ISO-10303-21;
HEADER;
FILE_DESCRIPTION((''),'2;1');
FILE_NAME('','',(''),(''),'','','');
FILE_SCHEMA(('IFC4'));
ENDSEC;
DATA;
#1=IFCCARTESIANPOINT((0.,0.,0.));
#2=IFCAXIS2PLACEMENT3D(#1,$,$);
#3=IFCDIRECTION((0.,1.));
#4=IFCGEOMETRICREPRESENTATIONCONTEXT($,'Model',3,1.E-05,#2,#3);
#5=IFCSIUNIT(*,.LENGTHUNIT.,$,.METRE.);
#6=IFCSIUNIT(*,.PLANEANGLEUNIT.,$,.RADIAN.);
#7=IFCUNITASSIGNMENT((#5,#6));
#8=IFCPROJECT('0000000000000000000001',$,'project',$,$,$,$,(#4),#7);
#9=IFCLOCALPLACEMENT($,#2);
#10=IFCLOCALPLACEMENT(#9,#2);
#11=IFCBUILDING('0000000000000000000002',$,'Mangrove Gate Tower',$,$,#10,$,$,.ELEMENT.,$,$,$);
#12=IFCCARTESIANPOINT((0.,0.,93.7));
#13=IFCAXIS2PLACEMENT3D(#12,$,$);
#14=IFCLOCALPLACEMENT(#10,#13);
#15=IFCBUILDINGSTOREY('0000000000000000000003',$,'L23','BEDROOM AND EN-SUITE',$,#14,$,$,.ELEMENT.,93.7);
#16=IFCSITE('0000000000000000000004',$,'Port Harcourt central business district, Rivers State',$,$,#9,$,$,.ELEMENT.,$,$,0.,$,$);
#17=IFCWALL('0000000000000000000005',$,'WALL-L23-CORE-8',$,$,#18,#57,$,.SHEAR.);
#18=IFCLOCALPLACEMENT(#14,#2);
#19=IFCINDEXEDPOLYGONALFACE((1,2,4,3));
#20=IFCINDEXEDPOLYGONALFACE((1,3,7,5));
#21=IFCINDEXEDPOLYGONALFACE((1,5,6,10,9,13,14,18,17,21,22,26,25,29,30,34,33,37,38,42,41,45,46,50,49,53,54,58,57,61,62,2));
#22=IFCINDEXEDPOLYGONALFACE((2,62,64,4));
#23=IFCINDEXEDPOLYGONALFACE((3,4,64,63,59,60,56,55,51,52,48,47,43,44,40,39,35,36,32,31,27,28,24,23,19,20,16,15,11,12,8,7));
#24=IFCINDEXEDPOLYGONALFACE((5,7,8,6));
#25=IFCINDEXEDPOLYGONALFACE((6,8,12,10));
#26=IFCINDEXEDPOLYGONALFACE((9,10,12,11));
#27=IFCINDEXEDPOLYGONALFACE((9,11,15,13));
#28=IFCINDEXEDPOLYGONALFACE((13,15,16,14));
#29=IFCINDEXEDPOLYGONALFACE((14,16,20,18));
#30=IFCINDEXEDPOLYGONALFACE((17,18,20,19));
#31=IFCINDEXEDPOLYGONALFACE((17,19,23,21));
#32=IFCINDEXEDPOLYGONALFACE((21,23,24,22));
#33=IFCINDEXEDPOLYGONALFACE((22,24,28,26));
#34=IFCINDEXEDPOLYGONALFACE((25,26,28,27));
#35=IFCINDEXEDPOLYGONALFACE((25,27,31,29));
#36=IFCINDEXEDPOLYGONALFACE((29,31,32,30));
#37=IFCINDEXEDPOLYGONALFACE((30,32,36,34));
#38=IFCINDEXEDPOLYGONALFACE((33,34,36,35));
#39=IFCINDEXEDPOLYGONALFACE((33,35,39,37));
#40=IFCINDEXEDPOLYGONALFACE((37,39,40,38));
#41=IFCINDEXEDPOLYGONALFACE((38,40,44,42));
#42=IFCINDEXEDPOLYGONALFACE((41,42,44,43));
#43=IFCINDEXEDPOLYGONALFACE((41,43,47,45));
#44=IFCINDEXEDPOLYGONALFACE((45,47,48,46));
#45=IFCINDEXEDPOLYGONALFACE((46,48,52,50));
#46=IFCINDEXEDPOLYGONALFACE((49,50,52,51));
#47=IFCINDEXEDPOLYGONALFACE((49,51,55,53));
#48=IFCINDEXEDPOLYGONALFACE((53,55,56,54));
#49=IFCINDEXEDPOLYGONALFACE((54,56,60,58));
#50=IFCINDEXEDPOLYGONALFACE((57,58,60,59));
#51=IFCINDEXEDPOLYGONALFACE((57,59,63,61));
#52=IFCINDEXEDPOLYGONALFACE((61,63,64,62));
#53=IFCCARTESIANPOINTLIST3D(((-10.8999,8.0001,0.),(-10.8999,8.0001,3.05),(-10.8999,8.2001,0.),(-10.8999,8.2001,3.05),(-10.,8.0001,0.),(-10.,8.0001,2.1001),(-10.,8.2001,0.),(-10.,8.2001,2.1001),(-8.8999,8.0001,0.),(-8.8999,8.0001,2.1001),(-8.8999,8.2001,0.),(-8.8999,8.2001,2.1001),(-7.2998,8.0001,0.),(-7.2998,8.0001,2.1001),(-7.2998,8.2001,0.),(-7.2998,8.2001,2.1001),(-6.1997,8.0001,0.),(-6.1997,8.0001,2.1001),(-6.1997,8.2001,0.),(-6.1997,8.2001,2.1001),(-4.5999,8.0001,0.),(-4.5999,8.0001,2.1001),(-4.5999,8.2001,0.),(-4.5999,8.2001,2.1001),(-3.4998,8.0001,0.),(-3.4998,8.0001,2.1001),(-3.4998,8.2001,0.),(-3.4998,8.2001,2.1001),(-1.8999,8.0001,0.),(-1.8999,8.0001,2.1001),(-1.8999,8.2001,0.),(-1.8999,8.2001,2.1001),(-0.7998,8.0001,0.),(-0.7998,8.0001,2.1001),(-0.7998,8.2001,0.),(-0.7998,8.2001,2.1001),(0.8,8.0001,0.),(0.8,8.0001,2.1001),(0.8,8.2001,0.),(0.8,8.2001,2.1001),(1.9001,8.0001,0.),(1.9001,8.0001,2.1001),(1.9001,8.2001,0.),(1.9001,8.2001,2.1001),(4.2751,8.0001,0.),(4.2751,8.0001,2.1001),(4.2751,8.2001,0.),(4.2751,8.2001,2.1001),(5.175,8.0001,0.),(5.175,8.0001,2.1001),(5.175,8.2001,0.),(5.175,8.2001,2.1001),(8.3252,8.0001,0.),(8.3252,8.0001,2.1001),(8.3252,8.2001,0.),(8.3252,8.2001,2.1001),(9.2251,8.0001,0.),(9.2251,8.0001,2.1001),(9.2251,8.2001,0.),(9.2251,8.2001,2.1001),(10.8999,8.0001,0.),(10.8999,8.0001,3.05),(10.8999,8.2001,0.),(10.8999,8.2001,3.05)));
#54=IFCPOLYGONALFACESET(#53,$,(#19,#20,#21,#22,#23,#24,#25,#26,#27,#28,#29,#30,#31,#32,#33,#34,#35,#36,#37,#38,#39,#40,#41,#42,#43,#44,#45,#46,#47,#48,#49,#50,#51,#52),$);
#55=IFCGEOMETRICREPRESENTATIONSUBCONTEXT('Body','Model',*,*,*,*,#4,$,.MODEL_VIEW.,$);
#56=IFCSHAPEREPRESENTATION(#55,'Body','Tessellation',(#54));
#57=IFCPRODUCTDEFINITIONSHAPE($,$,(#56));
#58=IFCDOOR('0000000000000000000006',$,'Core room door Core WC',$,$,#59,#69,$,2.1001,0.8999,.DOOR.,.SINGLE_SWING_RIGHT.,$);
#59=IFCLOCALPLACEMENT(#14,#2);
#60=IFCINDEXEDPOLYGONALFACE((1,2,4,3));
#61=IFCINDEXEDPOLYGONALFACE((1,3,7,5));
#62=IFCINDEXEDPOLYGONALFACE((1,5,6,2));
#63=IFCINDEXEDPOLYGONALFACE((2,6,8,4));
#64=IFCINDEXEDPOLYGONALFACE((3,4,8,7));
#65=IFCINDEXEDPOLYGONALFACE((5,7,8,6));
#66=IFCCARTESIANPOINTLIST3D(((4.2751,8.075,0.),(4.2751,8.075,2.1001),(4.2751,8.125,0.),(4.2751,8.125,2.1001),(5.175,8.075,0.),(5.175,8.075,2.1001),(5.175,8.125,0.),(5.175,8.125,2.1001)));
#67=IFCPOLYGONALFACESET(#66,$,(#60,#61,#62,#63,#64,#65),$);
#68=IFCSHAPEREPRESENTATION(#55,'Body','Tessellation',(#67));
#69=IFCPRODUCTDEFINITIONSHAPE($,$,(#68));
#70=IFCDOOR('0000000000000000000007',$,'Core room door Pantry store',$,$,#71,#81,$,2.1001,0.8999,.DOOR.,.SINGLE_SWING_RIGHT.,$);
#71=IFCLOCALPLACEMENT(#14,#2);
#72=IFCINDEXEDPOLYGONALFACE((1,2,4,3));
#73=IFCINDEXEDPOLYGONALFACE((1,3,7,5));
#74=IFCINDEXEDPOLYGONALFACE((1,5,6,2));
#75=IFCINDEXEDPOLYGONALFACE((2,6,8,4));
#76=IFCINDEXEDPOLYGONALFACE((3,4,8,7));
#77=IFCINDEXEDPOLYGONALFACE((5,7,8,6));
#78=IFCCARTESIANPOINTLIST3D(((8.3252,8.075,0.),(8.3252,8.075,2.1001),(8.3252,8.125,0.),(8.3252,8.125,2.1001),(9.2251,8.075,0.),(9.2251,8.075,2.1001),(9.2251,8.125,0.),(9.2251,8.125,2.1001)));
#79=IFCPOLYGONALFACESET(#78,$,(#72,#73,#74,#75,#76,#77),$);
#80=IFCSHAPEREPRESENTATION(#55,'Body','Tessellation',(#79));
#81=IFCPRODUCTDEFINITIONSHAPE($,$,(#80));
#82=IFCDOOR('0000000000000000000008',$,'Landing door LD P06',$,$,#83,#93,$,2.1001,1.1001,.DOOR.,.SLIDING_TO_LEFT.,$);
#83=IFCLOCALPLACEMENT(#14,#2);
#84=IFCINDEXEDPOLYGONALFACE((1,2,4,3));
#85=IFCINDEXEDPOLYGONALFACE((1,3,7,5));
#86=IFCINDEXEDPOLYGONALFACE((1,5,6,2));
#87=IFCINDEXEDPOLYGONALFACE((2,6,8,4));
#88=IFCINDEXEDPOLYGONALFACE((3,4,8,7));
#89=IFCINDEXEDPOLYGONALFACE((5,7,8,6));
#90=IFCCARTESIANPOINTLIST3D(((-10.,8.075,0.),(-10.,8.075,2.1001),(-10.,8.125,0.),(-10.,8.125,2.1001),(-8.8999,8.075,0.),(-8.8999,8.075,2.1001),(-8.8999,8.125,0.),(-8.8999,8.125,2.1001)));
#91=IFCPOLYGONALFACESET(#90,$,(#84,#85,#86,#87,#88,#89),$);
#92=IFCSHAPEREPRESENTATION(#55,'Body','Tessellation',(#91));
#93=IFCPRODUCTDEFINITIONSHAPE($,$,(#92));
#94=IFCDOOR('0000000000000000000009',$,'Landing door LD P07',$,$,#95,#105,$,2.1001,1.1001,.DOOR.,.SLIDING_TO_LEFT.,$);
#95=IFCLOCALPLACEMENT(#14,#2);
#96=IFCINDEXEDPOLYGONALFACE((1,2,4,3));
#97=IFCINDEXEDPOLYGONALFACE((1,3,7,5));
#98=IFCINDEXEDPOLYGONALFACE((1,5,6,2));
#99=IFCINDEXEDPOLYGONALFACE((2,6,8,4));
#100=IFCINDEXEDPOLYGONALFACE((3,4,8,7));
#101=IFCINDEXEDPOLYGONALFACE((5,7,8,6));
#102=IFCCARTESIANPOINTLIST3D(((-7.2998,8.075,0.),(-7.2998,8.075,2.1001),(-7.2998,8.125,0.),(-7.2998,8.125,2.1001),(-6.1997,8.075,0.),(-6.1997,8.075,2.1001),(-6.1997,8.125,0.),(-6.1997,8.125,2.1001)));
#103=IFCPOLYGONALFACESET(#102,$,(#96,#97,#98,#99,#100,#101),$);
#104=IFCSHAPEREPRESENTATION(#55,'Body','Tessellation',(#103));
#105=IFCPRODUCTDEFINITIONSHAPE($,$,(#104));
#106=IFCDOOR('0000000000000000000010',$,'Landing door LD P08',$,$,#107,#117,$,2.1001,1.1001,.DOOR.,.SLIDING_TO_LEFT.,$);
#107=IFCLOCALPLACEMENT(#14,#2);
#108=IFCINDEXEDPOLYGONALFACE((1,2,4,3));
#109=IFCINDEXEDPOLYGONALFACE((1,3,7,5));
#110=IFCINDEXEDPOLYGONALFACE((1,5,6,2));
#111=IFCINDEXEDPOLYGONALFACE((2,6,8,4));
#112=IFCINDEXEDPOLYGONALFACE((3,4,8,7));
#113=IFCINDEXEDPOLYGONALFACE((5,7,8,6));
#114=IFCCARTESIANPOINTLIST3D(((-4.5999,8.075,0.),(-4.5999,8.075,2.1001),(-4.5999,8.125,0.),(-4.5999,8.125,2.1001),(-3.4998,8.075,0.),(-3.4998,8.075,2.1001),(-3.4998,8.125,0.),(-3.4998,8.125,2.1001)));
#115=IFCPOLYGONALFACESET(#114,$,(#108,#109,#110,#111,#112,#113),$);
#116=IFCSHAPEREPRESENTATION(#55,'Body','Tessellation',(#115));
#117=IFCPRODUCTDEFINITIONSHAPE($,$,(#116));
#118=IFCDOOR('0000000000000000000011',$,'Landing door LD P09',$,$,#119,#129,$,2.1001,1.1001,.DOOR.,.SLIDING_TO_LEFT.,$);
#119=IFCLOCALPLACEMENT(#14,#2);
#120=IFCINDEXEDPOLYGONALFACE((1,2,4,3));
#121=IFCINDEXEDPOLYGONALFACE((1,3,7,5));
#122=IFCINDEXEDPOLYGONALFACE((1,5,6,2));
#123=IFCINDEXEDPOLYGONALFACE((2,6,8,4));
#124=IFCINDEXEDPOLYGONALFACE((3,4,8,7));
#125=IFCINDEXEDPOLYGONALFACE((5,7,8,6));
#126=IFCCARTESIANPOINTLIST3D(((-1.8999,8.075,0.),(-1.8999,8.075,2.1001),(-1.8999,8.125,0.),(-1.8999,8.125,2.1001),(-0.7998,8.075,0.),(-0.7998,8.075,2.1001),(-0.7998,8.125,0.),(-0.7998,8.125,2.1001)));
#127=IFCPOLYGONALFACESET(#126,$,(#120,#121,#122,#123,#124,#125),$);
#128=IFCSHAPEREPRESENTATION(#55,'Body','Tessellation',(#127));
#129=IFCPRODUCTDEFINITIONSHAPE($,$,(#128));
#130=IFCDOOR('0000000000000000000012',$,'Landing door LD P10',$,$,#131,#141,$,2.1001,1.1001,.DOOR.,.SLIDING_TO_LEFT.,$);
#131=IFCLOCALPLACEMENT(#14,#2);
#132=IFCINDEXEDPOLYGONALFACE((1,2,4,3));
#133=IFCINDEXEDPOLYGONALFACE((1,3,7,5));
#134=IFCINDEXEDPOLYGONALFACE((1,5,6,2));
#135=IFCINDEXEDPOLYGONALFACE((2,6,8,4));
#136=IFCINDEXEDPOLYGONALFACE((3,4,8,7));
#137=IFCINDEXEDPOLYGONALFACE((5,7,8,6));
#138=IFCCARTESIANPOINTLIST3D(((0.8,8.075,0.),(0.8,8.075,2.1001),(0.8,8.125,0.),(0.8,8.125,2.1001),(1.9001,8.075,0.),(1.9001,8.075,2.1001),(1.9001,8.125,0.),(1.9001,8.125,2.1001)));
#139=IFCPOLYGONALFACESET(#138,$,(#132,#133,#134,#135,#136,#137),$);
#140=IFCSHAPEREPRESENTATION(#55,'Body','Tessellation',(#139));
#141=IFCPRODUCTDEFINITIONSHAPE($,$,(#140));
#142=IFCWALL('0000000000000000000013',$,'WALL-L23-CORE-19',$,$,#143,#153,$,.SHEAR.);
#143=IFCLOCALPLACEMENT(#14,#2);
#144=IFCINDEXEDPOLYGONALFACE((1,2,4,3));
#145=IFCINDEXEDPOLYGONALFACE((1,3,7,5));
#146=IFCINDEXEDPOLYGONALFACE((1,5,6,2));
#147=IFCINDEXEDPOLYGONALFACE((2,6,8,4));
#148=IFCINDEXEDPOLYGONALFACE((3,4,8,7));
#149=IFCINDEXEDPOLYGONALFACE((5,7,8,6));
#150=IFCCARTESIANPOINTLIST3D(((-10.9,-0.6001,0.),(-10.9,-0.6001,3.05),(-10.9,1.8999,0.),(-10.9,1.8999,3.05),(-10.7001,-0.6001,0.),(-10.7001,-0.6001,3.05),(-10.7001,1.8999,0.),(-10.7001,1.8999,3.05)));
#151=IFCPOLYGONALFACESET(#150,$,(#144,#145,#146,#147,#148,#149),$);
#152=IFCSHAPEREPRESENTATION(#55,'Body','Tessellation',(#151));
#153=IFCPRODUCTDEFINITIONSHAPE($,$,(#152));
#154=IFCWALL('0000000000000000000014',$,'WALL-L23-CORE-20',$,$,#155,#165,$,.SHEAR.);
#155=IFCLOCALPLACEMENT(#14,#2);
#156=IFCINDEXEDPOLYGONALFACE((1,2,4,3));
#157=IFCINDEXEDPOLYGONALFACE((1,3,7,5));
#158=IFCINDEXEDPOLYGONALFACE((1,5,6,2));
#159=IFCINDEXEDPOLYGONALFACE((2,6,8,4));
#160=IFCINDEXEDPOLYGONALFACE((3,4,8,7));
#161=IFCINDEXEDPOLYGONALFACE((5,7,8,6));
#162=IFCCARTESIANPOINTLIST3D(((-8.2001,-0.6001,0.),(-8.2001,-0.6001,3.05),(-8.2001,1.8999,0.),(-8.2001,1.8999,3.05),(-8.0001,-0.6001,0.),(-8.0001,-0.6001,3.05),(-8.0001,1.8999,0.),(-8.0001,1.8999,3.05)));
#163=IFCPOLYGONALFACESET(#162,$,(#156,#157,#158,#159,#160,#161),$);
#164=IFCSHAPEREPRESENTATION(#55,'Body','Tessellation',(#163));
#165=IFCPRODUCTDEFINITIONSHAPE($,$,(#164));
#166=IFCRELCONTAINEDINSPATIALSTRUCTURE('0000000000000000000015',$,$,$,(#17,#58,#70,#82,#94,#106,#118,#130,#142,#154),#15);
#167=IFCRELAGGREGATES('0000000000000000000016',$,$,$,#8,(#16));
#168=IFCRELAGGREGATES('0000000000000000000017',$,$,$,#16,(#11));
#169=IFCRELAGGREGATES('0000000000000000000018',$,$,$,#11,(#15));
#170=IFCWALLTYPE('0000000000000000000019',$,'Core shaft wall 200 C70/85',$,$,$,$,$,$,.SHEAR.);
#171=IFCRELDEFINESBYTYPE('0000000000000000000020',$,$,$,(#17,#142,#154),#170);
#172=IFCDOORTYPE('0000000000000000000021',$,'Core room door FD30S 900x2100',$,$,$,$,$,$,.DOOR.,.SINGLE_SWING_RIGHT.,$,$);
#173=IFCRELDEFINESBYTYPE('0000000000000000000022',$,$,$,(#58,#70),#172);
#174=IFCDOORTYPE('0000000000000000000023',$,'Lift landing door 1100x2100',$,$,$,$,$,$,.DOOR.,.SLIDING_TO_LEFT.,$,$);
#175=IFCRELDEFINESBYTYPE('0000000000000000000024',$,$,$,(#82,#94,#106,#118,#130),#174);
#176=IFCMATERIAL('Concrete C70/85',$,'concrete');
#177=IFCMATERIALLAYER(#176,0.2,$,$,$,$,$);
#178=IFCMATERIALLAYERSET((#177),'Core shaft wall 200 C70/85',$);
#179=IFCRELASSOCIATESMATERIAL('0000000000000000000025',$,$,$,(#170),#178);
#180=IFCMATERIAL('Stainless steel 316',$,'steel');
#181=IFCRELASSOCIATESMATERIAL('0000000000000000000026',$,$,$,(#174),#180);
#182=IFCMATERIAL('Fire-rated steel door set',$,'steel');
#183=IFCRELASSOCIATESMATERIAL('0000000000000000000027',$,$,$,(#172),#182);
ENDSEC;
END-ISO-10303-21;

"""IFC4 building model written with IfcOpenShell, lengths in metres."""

from ifc_helpers import new_model, si_unit, direction, frame, frame_2d, origin, place, context, subcontext, project, spatial, rectangle, extrude, material, layer, layer_set, type_object, element, fill, save


model = new_model("IFC4")

# Units and contexts
model_context = context("Model", 3, precision=1e-05, world=origin(), true_north=direction((0.0, 1.0)))
body_context = subcontext(model_context, "Body", "Model", "MODEL_VIEW")
ifc_project = project(units=[si_unit("LENGTHUNIT", "METRE"), si_unit("PLANEANGLEUNIT", "RADIAN")], contexts=[model_context])

# Site, building, storey
site_placement = place(None, origin())
site = spatial("IfcSite", under=ifc_project, at=site_placement, Name="Port Harcourt central business district, Rivers State", CompositionType="ELEMENT", RefElevation=0.0)
building_placement = place(site_placement, origin())
building = spatial("IfcBuilding", under=site, at=building_placement, Name="Mangrove Gate Tower", CompositionType="ELEMENT")
storey_placement = place(building_placement, frame((0.0, 0.0, 93.7)))
storey = spatial("IfcBuildingStorey", under=building, at=storey_placement, Name="L23", Description="BEDROOM AND EN-SUITE", CompositionType="ELEMENT", Elevation=93.7)

# Shared definitions
ifc_material_1 = material(Name="Concrete C70/85", Category="concrete")
ifc_layer_1 = layer(ifc_material_1, 0.2)
ifc_layer_set_1 = layer_set([ifc_layer_1], Name="Core shaft wall 200 C70/85")
wall_type_1 = type_object("IfcWallType", Name="Core shaft wall 200 C70/85", PredefinedType="SHEAR", material=ifc_layer_set_1)

# Wall, openings, doors
ifc_material_2 = material(Name="Stainless steel 316", Category="steel")
door_type_1 = type_object("IfcDoorType", Name="Lift landing door 1100x2100", OperationType="SLIDING_TO_LEFT", PredefinedType="DOOR", material=ifc_material_2)
wall_1_placement = place(storey_placement, frame((-10.8999, 8.1001, 0.0), z_axis=(0.0, 0.0, 1.0), x_axis=(1.0, 0.0, 0.0)))
wall_1 = element("IfcWall", 1, at=wall_1_placement, inside=storey, type_object=wall_type_1, Name="WALL-L23-CORE-8", PredefinedType="SHEAR", context=body_context, shape_type="SweptSolid", body=[
    extrude(rectangle(XDim=21.7998, YDim=0.2, at=frame_2d((10.8999, 0.0))), origin(), (0.0, 0.0, 1.0), 3.05),
])
opening_1_placement = place(wall_1_placement, frame((0.8999, 0.0, 0.0)))
opening_1 = element("IfcOpeningElement", 2, at=opening_1_placement, cuts=wall_1, PredefinedType="OPENING", context=body_context, shape_type="SweptSolid", body=[
    extrude(rectangle(XDim=1.1001, YDim=2.1001, at=frame_2d((0.55, 1.05))), frame((0.0, 0.1099, 0.0), z_axis=(0.0, -1.0, 0.0), x_axis=(1.0, 0.0, 0.0)), (0.0, 0.0, 1.0), 0.22),
])
opening_2_placement = place(wall_1_placement, frame((3.6001, 0.0, 0.0)))
opening_2 = element("IfcOpeningElement", 3, at=opening_2_placement, cuts=wall_1, PredefinedType="OPENING", context=body_context, shape_type="SweptSolid", body=[
    extrude(rectangle(XDim=1.1001, YDim=2.1001, at=frame_2d((0.55, 1.05))), frame((0.0, 0.1099, 0.0), z_axis=(0.0, -1.0, 0.0), x_axis=(1.0, 0.0, 0.0)), (0.0, 0.0, 1.0), 0.22),
])
opening_3_placement = place(wall_1_placement, frame((6.3, 0.0, 0.0)))
opening_3 = element("IfcOpeningElement", 4, at=opening_3_placement, cuts=wall_1, PredefinedType="OPENING", context=body_context, shape_type="SweptSolid", body=[
    extrude(rectangle(XDim=1.1001, YDim=2.1001, at=frame_2d((0.55, 1.05))), frame((0.0, 0.1099, 0.0), z_axis=(0.0, -1.0, 0.0), x_axis=(1.0, 0.0, 0.0)), (0.0, 0.0, 1.0), 0.22),
])
opening_4_placement = place(wall_1_placement, frame((9.0, 0.0, 0.0)))
opening_4 = element("IfcOpeningElement", 5, at=opening_4_placement, cuts=wall_1, PredefinedType="OPENING", context=body_context, shape_type="SweptSolid", body=[
    extrude(rectangle(XDim=1.1001, YDim=2.1001, at=frame_2d((0.55, 1.05))), frame((0.0, 0.1099, 0.0), z_axis=(0.0, -1.0, 0.0), x_axis=(1.0, 0.0, 0.0)), (0.0, 0.0, 1.0), 0.22),
])
opening_5_placement = place(wall_1_placement, frame((11.7, 0.0, 0.0)))
opening_5 = element("IfcOpeningElement", 6, at=opening_5_placement, cuts=wall_1, PredefinedType="OPENING", context=body_context, shape_type="SweptSolid", body=[
    extrude(rectangle(XDim=1.1001, YDim=2.1001, at=frame_2d((0.55, 1.05))), frame((0.0, 0.1099, 0.0), z_axis=(0.0, -1.0, 0.0), x_axis=(1.0, 0.0, 0.0)), (0.0, 0.0, 1.0), 0.22),
])
opening_6_placement = place(wall_1_placement, frame((15.175, 0.0, 0.0)))
opening_6 = element("IfcOpeningElement", 7, at=opening_6_placement, cuts=wall_1, PredefinedType="OPENING", context=body_context, shape_type="SweptSolid", body=[
    extrude(rectangle(XDim=0.8999, YDim=2.1001, at=frame_2d((0.45, 1.05))), frame((0.0, 0.1099, 0.0), z_axis=(0.0, -1.0, 0.0), x_axis=(1.0, 0.0, 0.0)), (0.0, 0.0, 1.0), 0.22),
])
opening_7_placement = place(wall_1_placement, frame((19.2251, 0.0, 0.0)))
opening_7 = element("IfcOpeningElement", 8, at=opening_7_placement, cuts=wall_1, PredefinedType="OPENING", context=body_context, shape_type="SweptSolid", body=[
    extrude(rectangle(XDim=0.8999, YDim=2.1001, at=frame_2d((0.45, 1.05))), frame((0.0, 0.1099, 0.0), z_axis=(0.0, -1.0, 0.0), x_axis=(1.0, 0.0, 0.0)), (0.0, 0.0, 1.0), 0.22),
])
ifc_material_3 = material(Name="Fire-rated steel door set", Category="steel")
door_type_2 = type_object("IfcDoorType", Name="Core room door FD30S 900x2100", OperationType="SINGLE_SWING_RIGHT", PredefinedType="DOOR", material=ifc_material_3)
door_1_placement = place(opening_6_placement, origin())
door_1 = element("IfcDoor", 9, at=door_1_placement, inside=storey, type_object=door_type_2, Name="Core room door Core WC", OperationType="SINGLE_SWING_RIGHT", OverallHeight=2.1001, OverallWidth=0.8999, PredefinedType="DOOR", context=body_context, shape_type="SweptSolid", body=[
    extrude(rectangle(XDim=0.8999, YDim=2.1001, at=frame_2d((0.45, 1.05))), frame((0.0, 0.0249, 0.0), z_axis=(0.0, -1.0, 0.0), x_axis=(1.0, 0.0, 0.0)), (0.0, 0.0, 1.0), 0.05),
])
fill(opening_6, door_1)
door_2_placement = place(opening_7_placement, origin())
door_2 = element("IfcDoor", 10, at=door_2_placement, inside=storey, type_object=door_type_2, Name="Core room door Pantry store", OperationType="SINGLE_SWING_RIGHT", OverallHeight=2.1001, OverallWidth=0.8999, PredefinedType="DOOR", context=body_context, shape_type="SweptSolid", body=[
    extrude(rectangle(XDim=0.8999, YDim=2.1001, at=frame_2d((0.45, 1.05))), frame((0.0, 0.0249, 0.0), z_axis=(0.0, -1.0, 0.0), x_axis=(1.0, 0.0, 0.0)), (0.0, 0.0, 1.0), 0.05),
])
fill(opening_7, door_2)
door_3_placement = place(opening_1_placement, origin())
door_3 = element("IfcDoor", 11, at=door_3_placement, inside=storey, type_object=door_type_1, Name="Landing door LD P06", OperationType="SLIDING_TO_LEFT", OverallHeight=2.1001, OverallWidth=1.1001, PredefinedType="DOOR", context=body_context, shape_type="SweptSolid", body=[
    extrude(rectangle(XDim=1.1001, YDim=2.1001, at=frame_2d((0.55, 1.05))), frame((0.0, 0.0249, 0.0), z_axis=(0.0, -1.0, 0.0), x_axis=(1.0, 0.0, 0.0)), (0.0, 0.0, 1.0), 0.05),
])
fill(opening_1, door_3)
door_4_placement = place(opening_2_placement, origin())
door_4 = element("IfcDoor", 12, at=door_4_placement, inside=storey, type_object=door_type_1, Name="Landing door LD P07", OperationType="SLIDING_TO_LEFT", OverallHeight=2.1001, OverallWidth=1.1001, PredefinedType="DOOR", context=body_context, shape_type="SweptSolid", body=[
    extrude(rectangle(XDim=1.1001, YDim=2.1001, at=frame_2d((0.55, 1.05))), frame((0.0, 0.0249, 0.0), z_axis=(0.0, -1.0, 0.0), x_axis=(1.0, 0.0, 0.0)), (0.0, 0.0, 1.0), 0.05),
])
fill(opening_2, door_4)
door_5_placement = place(opening_3_placement, origin())
door_5 = element("IfcDoor", 13, at=door_5_placement, inside=storey, type_object=door_type_1, Name="Landing door LD P08", OperationType="SLIDING_TO_LEFT", OverallHeight=2.1001, OverallWidth=1.1001, PredefinedType="DOOR", context=body_context, shape_type="SweptSolid", body=[
    extrude(rectangle(XDim=1.1001, YDim=2.1001, at=frame_2d((0.55, 1.05))), frame((0.0, 0.0249, 0.0), z_axis=(0.0, -1.0, 0.0), x_axis=(1.0, 0.0, 0.0)), (0.0, 0.0, 1.0), 0.05),
])
fill(opening_3, door_5)
door_6_placement = place(opening_4_placement, origin())
door_6 = element("IfcDoor", 14, at=door_6_placement, inside=storey, type_object=door_type_1, Name="Landing door LD P09", OperationType="SLIDING_TO_LEFT", OverallHeight=2.1001, OverallWidth=1.1001, PredefinedType="DOOR", context=body_context, shape_type="SweptSolid", body=[
    extrude(rectangle(XDim=1.1001, YDim=2.1001, at=frame_2d((0.55, 1.05))), frame((0.0, 0.0249, 0.0), z_axis=(0.0, -1.0, 0.0), x_axis=(1.0, 0.0, 0.0)), (0.0, 0.0, 1.0), 0.05),
])
fill(opening_4, door_6)
door_7_placement = place(opening_5_placement, origin())
door_7 = element("IfcDoor", 15, at=door_7_placement, inside=storey, type_object=door_type_1, Name="Landing door LD P10", OperationType="SLIDING_TO_LEFT", OverallHeight=2.1001, OverallWidth=1.1001, PredefinedType="DOOR", context=body_context, shape_type="SweptSolid", body=[
    extrude(rectangle(XDim=1.1001, YDim=2.1001, at=frame_2d((0.55, 1.05))), frame((0.0, 0.0249, 0.0), z_axis=(0.0, -1.0, 0.0), x_axis=(1.0, 0.0, 0.0)), (0.0, 0.0, 1.0), 0.05),
])
fill(opening_5, door_7)

# Walls
for number, where, z_axis, x_axis, name in (
    (16, (-10.8, -0.6001, 0.0), (0.0, 0.0, 1.0), (0.0, 1.0, 0.0), "WALL-L23-CORE-19"),
    (17, (-8.1001, -0.6001, 0.0), (0.0, 0.0, 1.0), (0.0, 1.0, 0.0), "WALL-L23-CORE-20"),
):
    element("IfcWall", number, at=place(storey_placement, frame(where, z_axis=z_axis, x_axis=x_axis)), inside=storey, type_object=wall_type_1, Name=name, PredefinedType="SHEAR", context=body_context, shape_type="SweptSolid", body=[
        extrude(rectangle(XDim=2.5, YDim=0.2, at=frame_2d((1.25, 0.0))), origin(), (0.0, 0.0, 1.0), 3.05),
    ])

save(model, "model.ifc")
